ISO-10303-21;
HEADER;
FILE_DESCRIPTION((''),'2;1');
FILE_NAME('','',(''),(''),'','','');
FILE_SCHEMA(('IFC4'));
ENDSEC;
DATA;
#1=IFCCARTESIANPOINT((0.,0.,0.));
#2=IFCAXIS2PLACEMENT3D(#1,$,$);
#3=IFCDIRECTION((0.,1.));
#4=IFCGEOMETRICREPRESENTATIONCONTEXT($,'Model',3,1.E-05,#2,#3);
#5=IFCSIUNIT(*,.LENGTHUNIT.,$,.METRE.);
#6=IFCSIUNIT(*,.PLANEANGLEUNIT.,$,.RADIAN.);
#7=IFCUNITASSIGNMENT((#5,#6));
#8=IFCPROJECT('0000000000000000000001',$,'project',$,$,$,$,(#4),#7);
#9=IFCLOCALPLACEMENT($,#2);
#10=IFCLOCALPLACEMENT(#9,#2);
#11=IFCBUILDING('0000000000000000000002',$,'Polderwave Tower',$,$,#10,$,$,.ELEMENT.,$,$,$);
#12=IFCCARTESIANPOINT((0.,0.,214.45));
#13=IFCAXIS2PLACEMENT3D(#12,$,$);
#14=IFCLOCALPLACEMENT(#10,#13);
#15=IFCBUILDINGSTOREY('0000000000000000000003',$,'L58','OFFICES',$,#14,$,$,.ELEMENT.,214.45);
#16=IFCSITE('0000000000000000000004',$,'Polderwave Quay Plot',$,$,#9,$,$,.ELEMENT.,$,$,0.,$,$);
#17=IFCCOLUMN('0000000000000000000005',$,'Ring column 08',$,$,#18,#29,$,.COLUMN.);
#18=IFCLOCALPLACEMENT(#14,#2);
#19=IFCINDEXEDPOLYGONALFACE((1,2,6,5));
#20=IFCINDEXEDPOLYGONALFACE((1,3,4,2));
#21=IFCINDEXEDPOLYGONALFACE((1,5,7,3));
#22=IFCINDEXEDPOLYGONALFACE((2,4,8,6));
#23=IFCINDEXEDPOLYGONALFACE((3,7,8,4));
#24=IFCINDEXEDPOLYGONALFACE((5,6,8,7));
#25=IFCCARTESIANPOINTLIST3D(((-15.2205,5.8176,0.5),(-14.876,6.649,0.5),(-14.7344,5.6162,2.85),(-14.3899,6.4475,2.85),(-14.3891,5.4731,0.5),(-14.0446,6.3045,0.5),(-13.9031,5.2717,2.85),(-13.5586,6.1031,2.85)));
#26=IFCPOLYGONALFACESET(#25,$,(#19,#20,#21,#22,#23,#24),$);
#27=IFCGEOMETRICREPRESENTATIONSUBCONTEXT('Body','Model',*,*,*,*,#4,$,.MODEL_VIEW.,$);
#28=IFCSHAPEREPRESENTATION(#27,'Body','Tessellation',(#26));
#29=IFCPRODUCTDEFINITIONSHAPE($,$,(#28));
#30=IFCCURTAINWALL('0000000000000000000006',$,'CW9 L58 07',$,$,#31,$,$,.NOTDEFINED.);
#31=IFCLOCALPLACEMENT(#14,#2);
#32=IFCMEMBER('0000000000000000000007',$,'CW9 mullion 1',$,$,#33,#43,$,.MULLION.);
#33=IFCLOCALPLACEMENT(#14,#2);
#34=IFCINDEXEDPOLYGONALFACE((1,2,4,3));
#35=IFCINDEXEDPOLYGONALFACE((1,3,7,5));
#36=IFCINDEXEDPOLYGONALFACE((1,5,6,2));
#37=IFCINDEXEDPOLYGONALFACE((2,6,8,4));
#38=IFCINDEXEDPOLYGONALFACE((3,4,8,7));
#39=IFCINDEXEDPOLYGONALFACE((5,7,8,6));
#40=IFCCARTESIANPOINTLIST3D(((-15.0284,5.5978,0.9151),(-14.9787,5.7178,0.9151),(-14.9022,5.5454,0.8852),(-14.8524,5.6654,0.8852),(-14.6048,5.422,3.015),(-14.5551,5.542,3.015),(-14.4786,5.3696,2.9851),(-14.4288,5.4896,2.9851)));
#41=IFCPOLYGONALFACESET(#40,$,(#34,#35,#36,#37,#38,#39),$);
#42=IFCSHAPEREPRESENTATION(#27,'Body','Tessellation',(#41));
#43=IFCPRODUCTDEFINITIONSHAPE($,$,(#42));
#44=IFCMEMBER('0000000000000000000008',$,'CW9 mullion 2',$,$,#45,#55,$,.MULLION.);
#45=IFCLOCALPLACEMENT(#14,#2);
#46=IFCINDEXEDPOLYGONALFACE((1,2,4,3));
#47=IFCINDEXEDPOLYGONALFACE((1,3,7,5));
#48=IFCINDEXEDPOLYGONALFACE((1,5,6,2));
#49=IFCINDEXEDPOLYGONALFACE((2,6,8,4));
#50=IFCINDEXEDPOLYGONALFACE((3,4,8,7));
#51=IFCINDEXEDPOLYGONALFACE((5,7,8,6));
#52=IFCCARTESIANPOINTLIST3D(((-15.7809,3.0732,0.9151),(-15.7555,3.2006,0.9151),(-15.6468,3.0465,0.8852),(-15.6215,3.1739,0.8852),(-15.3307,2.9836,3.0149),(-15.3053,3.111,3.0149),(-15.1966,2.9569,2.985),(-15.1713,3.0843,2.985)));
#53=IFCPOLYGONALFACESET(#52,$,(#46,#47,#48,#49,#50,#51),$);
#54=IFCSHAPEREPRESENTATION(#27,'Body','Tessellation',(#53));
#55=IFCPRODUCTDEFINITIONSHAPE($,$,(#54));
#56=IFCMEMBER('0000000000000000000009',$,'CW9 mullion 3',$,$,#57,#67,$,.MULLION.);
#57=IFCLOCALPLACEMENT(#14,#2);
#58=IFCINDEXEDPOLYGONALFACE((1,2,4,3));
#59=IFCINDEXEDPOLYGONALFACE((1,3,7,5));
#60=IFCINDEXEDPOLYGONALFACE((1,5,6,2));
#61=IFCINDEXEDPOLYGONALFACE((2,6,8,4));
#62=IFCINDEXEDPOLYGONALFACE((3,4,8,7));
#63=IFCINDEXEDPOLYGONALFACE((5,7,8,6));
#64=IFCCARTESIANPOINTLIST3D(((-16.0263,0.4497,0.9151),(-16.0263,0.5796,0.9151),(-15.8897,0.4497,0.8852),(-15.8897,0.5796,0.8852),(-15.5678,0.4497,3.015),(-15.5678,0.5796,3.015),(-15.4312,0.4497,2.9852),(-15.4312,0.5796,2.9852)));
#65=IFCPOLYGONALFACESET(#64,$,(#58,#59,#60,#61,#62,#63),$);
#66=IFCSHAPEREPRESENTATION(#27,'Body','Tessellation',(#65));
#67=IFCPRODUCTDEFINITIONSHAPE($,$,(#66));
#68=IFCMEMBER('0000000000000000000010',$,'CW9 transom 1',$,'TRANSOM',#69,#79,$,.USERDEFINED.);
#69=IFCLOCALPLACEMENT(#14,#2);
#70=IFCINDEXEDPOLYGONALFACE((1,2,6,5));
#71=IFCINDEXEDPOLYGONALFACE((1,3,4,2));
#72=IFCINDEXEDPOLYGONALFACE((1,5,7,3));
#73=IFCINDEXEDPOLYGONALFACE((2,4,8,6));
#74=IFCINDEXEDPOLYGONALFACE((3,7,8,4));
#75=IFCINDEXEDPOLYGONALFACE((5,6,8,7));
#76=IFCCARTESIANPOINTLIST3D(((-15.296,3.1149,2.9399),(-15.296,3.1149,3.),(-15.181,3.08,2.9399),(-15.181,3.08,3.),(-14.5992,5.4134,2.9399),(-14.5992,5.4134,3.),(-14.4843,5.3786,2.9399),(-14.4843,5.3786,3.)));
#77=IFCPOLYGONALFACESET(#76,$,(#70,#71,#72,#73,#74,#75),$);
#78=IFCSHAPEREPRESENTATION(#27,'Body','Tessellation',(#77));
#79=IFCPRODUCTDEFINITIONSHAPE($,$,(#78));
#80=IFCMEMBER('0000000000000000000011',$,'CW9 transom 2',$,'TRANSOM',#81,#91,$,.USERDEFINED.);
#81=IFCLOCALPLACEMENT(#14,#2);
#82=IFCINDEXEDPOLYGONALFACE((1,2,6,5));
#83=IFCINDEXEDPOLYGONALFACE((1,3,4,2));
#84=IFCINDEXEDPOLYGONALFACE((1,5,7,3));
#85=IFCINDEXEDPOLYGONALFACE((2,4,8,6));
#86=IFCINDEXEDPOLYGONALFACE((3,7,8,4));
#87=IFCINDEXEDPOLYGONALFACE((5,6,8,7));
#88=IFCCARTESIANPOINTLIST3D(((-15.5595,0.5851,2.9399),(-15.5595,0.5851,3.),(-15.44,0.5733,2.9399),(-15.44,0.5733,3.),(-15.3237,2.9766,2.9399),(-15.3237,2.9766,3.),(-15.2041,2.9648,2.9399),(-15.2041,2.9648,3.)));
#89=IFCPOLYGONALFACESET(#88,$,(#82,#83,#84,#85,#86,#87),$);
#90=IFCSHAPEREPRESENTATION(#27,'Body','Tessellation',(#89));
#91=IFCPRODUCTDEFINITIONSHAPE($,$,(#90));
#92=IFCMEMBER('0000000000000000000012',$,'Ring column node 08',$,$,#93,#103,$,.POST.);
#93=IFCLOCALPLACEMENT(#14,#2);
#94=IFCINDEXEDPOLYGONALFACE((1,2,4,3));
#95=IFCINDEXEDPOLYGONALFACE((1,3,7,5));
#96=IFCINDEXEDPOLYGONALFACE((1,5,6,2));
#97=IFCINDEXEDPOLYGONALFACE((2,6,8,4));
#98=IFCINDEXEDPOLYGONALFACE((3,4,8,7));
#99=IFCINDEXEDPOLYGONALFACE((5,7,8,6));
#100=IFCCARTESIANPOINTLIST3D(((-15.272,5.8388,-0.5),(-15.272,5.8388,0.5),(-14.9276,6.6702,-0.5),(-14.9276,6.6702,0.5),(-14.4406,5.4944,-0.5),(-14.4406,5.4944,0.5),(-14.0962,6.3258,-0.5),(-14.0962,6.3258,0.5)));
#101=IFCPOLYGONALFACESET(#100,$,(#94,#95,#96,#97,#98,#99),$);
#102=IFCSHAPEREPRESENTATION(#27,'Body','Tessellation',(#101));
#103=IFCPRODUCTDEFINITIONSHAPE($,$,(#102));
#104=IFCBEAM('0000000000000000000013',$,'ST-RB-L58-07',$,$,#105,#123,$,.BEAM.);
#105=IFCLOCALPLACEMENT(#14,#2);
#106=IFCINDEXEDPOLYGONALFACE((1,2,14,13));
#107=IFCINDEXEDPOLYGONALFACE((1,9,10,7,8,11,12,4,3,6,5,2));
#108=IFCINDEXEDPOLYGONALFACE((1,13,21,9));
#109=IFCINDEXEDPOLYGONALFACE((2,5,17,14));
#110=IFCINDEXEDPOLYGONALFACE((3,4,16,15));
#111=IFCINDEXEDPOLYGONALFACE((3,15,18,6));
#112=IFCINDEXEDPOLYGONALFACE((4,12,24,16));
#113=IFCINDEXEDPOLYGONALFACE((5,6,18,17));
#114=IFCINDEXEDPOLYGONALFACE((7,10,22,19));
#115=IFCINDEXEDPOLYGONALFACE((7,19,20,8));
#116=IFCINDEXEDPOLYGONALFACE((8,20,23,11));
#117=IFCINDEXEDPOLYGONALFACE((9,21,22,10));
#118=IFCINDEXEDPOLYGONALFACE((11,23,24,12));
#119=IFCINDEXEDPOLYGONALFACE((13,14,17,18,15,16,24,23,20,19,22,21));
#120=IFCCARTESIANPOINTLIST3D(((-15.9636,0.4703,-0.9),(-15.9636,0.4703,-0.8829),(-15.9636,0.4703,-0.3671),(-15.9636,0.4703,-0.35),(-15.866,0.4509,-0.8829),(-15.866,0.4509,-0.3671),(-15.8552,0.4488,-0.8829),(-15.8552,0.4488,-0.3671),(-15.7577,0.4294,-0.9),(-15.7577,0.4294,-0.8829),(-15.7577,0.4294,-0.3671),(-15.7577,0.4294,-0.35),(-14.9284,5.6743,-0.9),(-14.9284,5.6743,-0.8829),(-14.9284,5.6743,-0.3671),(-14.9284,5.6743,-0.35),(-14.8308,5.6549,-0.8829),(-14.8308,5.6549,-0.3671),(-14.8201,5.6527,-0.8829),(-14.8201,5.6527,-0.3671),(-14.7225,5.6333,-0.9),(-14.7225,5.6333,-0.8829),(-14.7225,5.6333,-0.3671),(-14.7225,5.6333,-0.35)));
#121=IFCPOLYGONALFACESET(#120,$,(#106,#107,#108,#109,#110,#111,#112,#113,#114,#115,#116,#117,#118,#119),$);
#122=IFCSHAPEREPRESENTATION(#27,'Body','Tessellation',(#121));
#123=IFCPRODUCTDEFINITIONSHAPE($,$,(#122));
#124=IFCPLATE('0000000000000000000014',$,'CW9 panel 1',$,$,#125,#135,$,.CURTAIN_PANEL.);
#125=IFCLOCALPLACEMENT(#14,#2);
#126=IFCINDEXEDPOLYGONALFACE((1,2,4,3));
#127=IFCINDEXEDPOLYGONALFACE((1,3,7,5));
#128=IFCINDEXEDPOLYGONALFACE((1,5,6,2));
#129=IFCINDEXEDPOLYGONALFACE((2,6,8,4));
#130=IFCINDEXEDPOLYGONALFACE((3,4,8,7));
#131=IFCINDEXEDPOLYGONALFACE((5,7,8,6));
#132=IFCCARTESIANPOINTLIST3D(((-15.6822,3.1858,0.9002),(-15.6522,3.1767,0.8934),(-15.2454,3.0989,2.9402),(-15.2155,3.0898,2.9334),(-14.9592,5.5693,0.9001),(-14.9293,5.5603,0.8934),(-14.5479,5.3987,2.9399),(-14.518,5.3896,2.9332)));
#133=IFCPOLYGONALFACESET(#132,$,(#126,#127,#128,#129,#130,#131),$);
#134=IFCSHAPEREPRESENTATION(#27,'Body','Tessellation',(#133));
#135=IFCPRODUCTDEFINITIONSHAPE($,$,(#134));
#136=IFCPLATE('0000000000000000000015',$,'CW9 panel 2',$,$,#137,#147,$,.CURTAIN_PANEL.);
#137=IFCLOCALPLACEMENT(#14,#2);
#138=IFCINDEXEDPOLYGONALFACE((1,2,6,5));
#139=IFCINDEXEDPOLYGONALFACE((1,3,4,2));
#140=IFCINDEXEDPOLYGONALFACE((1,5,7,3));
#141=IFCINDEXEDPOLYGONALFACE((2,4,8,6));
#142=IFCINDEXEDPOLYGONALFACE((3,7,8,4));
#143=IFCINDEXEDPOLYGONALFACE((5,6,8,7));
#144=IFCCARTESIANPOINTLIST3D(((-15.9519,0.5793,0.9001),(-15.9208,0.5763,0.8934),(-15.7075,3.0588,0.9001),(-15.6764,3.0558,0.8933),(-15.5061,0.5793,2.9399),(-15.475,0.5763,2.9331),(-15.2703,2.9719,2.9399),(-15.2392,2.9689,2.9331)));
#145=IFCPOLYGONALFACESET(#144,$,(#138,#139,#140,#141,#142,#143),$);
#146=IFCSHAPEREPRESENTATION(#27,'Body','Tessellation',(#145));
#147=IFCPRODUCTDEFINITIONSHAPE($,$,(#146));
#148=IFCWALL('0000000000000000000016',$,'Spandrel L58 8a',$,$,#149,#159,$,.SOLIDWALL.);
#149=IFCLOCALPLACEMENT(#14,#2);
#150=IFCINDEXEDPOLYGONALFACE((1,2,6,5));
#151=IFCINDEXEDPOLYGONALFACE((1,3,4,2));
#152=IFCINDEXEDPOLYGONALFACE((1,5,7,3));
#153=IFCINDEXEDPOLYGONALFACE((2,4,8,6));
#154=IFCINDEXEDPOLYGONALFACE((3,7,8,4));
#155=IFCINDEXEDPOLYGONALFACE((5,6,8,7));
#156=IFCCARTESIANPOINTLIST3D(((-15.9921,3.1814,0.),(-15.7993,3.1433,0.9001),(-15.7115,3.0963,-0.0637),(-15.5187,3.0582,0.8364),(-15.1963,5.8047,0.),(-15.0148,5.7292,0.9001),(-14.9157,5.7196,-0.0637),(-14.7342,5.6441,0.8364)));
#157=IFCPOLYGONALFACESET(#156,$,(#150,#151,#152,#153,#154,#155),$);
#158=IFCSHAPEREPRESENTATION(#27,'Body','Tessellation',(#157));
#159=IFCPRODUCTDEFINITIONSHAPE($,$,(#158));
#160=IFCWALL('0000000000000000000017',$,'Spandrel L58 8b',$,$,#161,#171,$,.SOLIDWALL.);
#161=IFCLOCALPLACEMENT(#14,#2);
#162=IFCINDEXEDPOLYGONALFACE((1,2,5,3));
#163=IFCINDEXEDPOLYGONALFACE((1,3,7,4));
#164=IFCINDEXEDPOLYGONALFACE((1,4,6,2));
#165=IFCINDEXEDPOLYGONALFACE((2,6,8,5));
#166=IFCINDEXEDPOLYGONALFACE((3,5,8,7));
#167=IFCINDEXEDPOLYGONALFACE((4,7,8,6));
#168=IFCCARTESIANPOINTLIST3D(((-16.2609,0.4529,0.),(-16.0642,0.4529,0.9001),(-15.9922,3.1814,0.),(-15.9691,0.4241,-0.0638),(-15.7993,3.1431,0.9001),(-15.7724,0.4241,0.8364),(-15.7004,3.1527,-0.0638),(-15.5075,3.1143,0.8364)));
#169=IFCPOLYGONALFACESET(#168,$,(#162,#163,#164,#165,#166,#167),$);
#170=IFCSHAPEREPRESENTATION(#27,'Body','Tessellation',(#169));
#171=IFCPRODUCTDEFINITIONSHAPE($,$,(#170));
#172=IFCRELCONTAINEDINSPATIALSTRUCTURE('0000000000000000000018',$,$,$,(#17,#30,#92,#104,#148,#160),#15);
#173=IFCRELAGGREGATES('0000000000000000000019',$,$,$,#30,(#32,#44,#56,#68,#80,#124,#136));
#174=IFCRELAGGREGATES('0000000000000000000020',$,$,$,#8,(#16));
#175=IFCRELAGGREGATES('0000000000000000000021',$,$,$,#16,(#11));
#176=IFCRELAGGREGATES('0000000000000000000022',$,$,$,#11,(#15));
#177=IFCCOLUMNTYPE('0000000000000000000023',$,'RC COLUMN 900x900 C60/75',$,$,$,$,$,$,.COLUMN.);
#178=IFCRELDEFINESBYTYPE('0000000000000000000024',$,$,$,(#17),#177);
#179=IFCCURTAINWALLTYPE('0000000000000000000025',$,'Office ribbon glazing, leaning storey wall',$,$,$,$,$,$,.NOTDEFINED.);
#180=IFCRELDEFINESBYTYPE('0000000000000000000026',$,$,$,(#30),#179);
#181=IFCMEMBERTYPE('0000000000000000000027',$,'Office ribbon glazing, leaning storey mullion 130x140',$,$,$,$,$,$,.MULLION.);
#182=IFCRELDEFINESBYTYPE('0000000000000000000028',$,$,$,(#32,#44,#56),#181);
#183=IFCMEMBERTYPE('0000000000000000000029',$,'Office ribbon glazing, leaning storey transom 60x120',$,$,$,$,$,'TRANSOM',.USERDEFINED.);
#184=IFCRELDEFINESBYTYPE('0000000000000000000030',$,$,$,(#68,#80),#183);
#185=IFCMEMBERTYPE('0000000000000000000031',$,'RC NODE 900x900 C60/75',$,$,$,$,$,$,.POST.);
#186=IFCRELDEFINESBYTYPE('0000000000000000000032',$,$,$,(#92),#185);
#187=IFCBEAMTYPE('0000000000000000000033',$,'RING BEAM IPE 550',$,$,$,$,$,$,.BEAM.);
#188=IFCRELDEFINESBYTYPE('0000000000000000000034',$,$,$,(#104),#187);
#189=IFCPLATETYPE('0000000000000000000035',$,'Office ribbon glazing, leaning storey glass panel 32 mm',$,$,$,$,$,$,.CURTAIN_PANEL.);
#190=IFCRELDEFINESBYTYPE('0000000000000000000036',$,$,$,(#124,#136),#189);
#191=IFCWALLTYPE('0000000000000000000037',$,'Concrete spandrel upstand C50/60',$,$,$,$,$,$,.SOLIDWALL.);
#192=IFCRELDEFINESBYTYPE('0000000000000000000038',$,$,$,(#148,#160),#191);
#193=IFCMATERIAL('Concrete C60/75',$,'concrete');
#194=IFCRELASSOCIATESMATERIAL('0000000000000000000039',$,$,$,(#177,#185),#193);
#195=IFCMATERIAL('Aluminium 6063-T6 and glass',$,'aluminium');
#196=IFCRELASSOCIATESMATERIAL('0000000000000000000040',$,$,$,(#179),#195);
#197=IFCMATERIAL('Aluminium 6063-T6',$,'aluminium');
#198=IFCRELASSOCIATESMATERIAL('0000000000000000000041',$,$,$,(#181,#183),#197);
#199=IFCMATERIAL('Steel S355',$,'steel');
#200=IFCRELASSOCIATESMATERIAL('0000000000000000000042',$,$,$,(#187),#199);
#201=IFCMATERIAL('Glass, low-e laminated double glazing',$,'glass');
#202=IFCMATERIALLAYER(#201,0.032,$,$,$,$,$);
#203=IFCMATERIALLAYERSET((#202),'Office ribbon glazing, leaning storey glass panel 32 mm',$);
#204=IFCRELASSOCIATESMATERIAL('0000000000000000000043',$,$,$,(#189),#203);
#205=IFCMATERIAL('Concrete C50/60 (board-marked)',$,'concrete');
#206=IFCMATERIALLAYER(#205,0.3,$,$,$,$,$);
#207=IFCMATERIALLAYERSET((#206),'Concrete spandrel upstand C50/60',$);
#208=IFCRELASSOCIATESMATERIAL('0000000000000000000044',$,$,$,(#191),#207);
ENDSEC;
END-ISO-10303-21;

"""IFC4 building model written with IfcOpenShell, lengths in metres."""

from ifc_helpers import new_model, si_unit, direction, frame, origin, origin_2d, place, context, subcontext, project, spatial, polyline, rectangle, i_section, outline, extrude, material, layer, layer_set, material_profile, profile_set, type_object, element, aggregate, save


model = new_model("IFC4")

# Units and contexts
model_context = context("Model", 3, precision=1e-05, world=origin(), true_north=direction((0.0, 1.0)))
body_context = subcontext(model_context, "Body", "Model", "MODEL_VIEW")
ifc_project = project(units=[si_unit("LENGTHUNIT", "METRE"), si_unit("PLANEANGLEUNIT", "RADIAN")], contexts=[model_context])

# Site, building, storey
site_placement = place(None, origin())
site = spatial("IfcSite", under=ifc_project, at=site_placement, Name="Polderwave Quay Plot", CompositionType="ELEMENT", RefElevation=0.0)
building_placement = place(site_placement, origin())
building = spatial("IfcBuilding", under=site, at=building_placement, Name="Polderwave Tower", CompositionType="ELEMENT")
storey_placement = place(building_placement, frame((0.0, 0.0, 214.45)))
storey = spatial("IfcBuildingStorey", under=building, at=storey_placement, Name="L58", Description="OFFICES", CompositionType="ELEMENT", Elevation=214.45)

# Column
ifc_material_1 = material(Name="Concrete C60/75", Category="concrete")
ifc_material_profile_1 = material_profile(ifc_material_1, rectangle(XDim=0.8999, YDim=0.8999, at=origin_2d()), Name="RC 900x900")
ifc_profile_set_1 = profile_set([ifc_material_profile_1], Name="Concrete C60/75")
column_type = type_object("IfcColumnType", Name="RC COLUMN 900x900 C60/75", PredefinedType="COLUMN", material=ifc_profile_set_1)
column_placement = place(storey_placement, frame((-14.6326, 6.061, 0.5), z_axis=(0.0, 0.0, 1.0), x_axis=(0.382803, 0.92383, 0.0)))
element("IfcColumn", 1, at=column_placement, inside=storey, type_object=column_type, Name="Ring column 08", PredefinedType="COLUMN", context=body_context, shape_type="SweptSolid", body=[
    extrude(rectangle(XDim=0.8999, YDim=0.8999, at=origin_2d()), origin(), (0.0, -0.21848, 0.975841), 2.4082),
])

# Curtain wall, members
ifc_material_2 = material(Name="Aluminium 6063-T6 and glass", Category="aluminium")
curtain_wall_type = type_object("IfcCurtainWallType", Name="Office ribbon glazing, leaning storey wall", PredefinedType="NOTDEFINED", material=ifc_material_2)
curtain_wall_placement = place(storey_placement, origin())
curtain_wall = element("IfcCurtainWall", 2, at=curtain_wall_placement, inside=storey, type_object=curtain_wall_type, Name="CW9 L58 07", PredefinedType="NOTDEFINED")
ifc_material_3 = material(Name="Aluminium 6063-T6", Category="aluminium")
ifc_material_profile_2 = material_profile(ifc_material_3, rectangle(XDim=0.1299, YDim=0.1399, at=origin_2d()), Name="AL 130x140")
ifc_profile_set_2 = profile_set([ifc_material_profile_2], Name="Aluminium 6063-T6")
member_type_1 = type_object("IfcMemberType", Name="Office ribbon glazing, leaning storey mullion 130x140", PredefinedType="MULLION", material=ifc_profile_set_2)
member_1_placement = place(storey_placement, frame((-14.9404, 5.6316, 0.9001), z_axis=(0.197075, -0.081783, 0.976971), x_axis=(0.383292, 0.923627, 0.0)))
member_1 = element("IfcMember", 3, at=member_1_placement, type_object=member_type_1, Name="CW9 mullion 1", PredefinedType="MULLION", context=body_context, shape_type="SweptSolid", body=[
    extrude(rectangle(XDim=0.1299, YDim=0.1399, at=origin_2d()), origin(), (0.0, 0.0, 1.0), 2.1494),
])
member_2_placement = place(storey_placement, frame((-15.7012, 3.1235, 0.9001), z_axis=(0.209448, -0.041685, 0.976931), x_axis=(0.195196, 0.980764, 0.0)))
member_2 = element("IfcMember", 4, at=member_2_placement, type_object=member_type_1, Name="CW9 mullion 2", PredefinedType="MULLION", context=body_context, shape_type="SweptSolid", body=[
    extrude(rectangle(XDim=0.1299, YDim=0.1399, at=origin_2d()), origin(), (0.0, 0.0, 1.0), 2.1494),
])
member_3_placement = place(storey_placement, frame((-15.958, 0.5146, 0.9001), z_axis=(0.213321, 0.0, 0.976982), x_axis=(0.0, 1.0, 0.0)))
member_3 = element("IfcMember", 5, at=member_3_placement, type_object=member_type_1, Name="CW9 mullion 3", PredefinedType="MULLION", context=body_context, shape_type="SweptSolid", body=[
    extrude(rectangle(XDim=0.1299, YDim=0.1399, at=origin_2d()), origin(), (0.0, 0.0, 1.0), 2.1494),
])
ifc_material_profile_3 = material_profile(ifc_material_3, rectangle(XDim=0.1201, YDim=0.0601, at=origin_2d()), Name="AL 60x120")
ifc_profile_set_3 = profile_set([ifc_material_profile_3], Name="Aluminium 6063-T6")
member_type_2 = type_object("IfcMemberType", Name="Office ribbon glazing, leaning storey transom 60x120", ElementType="TRANSOM", PredefinedType="USERDEFINED", material=ifc_profile_set_3)
member_4_placement = place(storey_placement, frame((-14.5417, 5.396, 2.97), z_axis=(-0.290098, -0.956997, 0.0), x_axis=(0.956997, -0.290098, 0.0)))
member_4 = element("IfcMember", 6, at=member_4_placement, type_object=member_type_2, Name="CW9 transom 1", ObjectType="TRANSOM", PredefinedType="USERDEFINED", context=body_context, shape_type="SweptSolid", body=[
    extrude(rectangle(XDim=0.1201, YDim=0.0601, at=origin_2d()), origin(), (0.0, 0.0, 1.0), 2.4019),
])
member_5_placement = place(storey_placement, frame((-15.2639, 2.9707, 2.97), z_axis=(-0.098146, -0.995172, 0.0), x_axis=(0.995172, -0.098146, 0.0)))
member_5 = element("IfcMember", 7, at=member_5_placement, type_object=member_type_2, Name="CW9 transom 2", ObjectType="TRANSOM", PredefinedType="USERDEFINED", context=body_context, shape_type="SweptSolid", body=[
    extrude(rectangle(XDim=0.1201, YDim=0.0601, at=origin_2d()), origin(), (0.0, 0.0, 1.0), 2.4031),
])

# Member
ifc_material_profile_4 = material_profile(ifc_material_1, rectangle(XDim=0.8999, YDim=0.8999, at=origin_2d()), Name="RC 900x900")
ifc_profile_set_4 = profile_set([ifc_material_profile_4], Name="Concrete C60/75")
member_type_3 = type_object("IfcMemberType", Name="RC NODE 900x900 C60/75", PredefinedType="POST", material=ifc_profile_set_4)
member_6_placement = place(storey_placement, frame((-14.6841, 6.0823, -0.5), z_axis=(0.0, 0.0, 1.0), x_axis=(-0.92388, 0.382683, 0.0)))
element("IfcMember", 8, at=member_6_placement, inside=storey, type_object=member_type_3, Name="Ring column node 08", PredefinedType="POST", context=body_context, shape_type="SweptSolid", body=[
    extrude(rectangle(XDim=0.8999, YDim=0.8999, at=origin_2d()), origin(), (0.0, 0.0, 1.0), 1.0),
])

# Beam
ifc_material_4 = material(Name="Steel S355", Category="steel")
ifc_material_profile_5 = material_profile(ifc_material_4, i_section(OverallWidth=0.21, OverallDepth=0.55, WebThickness=0.011, FlangeThickness=0.0171, at=origin_2d()), Name="IPE 550")
ifc_profile_set_5 = profile_set([ifc_material_profile_5], Name="Steel S355")
beam_type = type_object("IfcBeamType", Name="RING BEAM IPE 550", PredefinedType="BEAM", material=ifc_profile_set_5)
beam_placement = place(storey_placement, frame((-14.8254, 5.6538, -0.625), z_axis=(-0.195098, -0.980784, 0.0), x_axis=(0.980784, -0.195098, 0.0)))
element("IfcBeam", 9, at=beam_placement, inside=storey, type_object=beam_type, Name="ST-RB-L58-07", PredefinedType="BEAM", context=body_context, shape_type="SweptSolid", body=[
    extrude(i_section(OverallWidth=0.21, OverallDepth=0.55, WebThickness=0.011, FlangeThickness=0.0171, at=origin_2d()), origin(), (0.0, 0.0, 1.0), 5.3059),
])

# Plates
ifc_material_5 = material(Name="Glass, low-e laminated double glazing", Category="glass")
ifc_layer_1 = layer(ifc_material_5, 0.032)
ifc_layer_set_1 = layer_set([ifc_layer_1], Name="Office ribbon glazing, leaning storey glass panel 32 mm")
plate_type = type_object("IfcPlateType", Name="Office ribbon glazing, leaning storey glass panel 32 mm", PredefinedType="CURTAIN_PANEL", material=ifc_layer_set_1)
plate_1_placement = place(storey_placement, frame((-14.9592, 5.5693, 0.9001), z_axis=(-0.935136, 0.283628, 0.212309), x_axis=(-0.290244, -0.956953, 0.000003)))
plate_1 = element("IfcPlate", 10, at=plate_1_placement, type_object=plate_type, Name="CW9 panel 1", PredefinedType="CURTAIN_PANEL", context=body_context, shape_type="SweptSolid", body=[
    extrude(outline(polyline([(0.0, 0.0), (2.4908, 0.0), (2.4472, 2.0876), (0.0439, 2.0874), (0.0, 0.0)])), origin(), (0.0, 0.0, -1.0), 0.032),
])
plate_2_placement = place(storey_placement, frame((-15.7075, 3.0588, 0.9001), z_axis=(-0.972441, 0.09585, 0.212534), x_axis=(-0.098091, -0.995177, 0.000001)))
plate_2 = element("IfcPlate", 11, at=plate_2_placement, type_object=plate_type, Name="CW9 panel 2", PredefinedType="CURTAIN_PANEL", context=body_context, shape_type="SweptSolid", body=[
    extrude(outline(polyline([(0.0, 0.0), (2.4915, 0.0), (2.4478, 2.0875), (0.0436, 2.0875), (0.0, 0.0)])), origin(), (0.0, 0.0, -1.0), 0.032),
])
aggregate(curtain_wall, [member_1, member_2, member_3, member_4, member_5, plate_1, plate_2])

# Walls
ifc_material_6 = material(Name="Concrete C50/60 (board-marked)", Category="concrete")
ifc_layer_2 = layer(ifc_material_6, 0.3)
ifc_layer_set_2 = layer_set([ifc_layer_2], Name="Concrete spandrel upstand C50/60")
wall_type_1 = type_object("IfcWallType", Name="Concrete spandrel upstand C50/60", PredefinedType="SOLIDWALL", material=ifc_layer_set_2)
wall_1_placement = place(storey_placement, frame((-15.1963, 5.8047, 0.0), z_axis=(-0.935122, 0.283688, 0.212294), x_axis=(-0.290306, -0.956934, -0.000005)))
element("IfcWall", 12, at=wall_1_placement, inside=storey, type_object=wall_type_1, Name="Spandrel L58 8a", PredefinedType="SOLIDWALL", context=body_context, shape_type="SweptSolid", body=[
    extrude(outline(polyline([(0.0, 0.0), (2.7414, 0.0), (2.7218, 0.9212), (0.0195, 0.9211), (0.0, 0.0)])), origin(), (0.0, 0.0, -1.0), 0.3),
])
wall_2_placement = place(storey_placement, frame((-15.9922, 3.1814, 0.0), z_axis=(-0.972453, 0.095778, 0.212513), x_axis=(-0.098017, -0.995185, -0.000005)))
element("IfcWall", 13, at=wall_2_placement, inside=storey, type_object=wall_type_1, Name="Spandrel L58 8b", PredefinedType="SOLIDWALL", context=body_context, shape_type="SweptSolid", body=[
    extrude(outline(polyline([(0.0, 0.0), (2.7417, 0.0), (2.7224, 0.9212), (0.0192, 0.9212), (0.0, 0.0)])), origin(), (0.0, 0.0, -1.0), 0.3),
])

save(model, "model.ifc")
